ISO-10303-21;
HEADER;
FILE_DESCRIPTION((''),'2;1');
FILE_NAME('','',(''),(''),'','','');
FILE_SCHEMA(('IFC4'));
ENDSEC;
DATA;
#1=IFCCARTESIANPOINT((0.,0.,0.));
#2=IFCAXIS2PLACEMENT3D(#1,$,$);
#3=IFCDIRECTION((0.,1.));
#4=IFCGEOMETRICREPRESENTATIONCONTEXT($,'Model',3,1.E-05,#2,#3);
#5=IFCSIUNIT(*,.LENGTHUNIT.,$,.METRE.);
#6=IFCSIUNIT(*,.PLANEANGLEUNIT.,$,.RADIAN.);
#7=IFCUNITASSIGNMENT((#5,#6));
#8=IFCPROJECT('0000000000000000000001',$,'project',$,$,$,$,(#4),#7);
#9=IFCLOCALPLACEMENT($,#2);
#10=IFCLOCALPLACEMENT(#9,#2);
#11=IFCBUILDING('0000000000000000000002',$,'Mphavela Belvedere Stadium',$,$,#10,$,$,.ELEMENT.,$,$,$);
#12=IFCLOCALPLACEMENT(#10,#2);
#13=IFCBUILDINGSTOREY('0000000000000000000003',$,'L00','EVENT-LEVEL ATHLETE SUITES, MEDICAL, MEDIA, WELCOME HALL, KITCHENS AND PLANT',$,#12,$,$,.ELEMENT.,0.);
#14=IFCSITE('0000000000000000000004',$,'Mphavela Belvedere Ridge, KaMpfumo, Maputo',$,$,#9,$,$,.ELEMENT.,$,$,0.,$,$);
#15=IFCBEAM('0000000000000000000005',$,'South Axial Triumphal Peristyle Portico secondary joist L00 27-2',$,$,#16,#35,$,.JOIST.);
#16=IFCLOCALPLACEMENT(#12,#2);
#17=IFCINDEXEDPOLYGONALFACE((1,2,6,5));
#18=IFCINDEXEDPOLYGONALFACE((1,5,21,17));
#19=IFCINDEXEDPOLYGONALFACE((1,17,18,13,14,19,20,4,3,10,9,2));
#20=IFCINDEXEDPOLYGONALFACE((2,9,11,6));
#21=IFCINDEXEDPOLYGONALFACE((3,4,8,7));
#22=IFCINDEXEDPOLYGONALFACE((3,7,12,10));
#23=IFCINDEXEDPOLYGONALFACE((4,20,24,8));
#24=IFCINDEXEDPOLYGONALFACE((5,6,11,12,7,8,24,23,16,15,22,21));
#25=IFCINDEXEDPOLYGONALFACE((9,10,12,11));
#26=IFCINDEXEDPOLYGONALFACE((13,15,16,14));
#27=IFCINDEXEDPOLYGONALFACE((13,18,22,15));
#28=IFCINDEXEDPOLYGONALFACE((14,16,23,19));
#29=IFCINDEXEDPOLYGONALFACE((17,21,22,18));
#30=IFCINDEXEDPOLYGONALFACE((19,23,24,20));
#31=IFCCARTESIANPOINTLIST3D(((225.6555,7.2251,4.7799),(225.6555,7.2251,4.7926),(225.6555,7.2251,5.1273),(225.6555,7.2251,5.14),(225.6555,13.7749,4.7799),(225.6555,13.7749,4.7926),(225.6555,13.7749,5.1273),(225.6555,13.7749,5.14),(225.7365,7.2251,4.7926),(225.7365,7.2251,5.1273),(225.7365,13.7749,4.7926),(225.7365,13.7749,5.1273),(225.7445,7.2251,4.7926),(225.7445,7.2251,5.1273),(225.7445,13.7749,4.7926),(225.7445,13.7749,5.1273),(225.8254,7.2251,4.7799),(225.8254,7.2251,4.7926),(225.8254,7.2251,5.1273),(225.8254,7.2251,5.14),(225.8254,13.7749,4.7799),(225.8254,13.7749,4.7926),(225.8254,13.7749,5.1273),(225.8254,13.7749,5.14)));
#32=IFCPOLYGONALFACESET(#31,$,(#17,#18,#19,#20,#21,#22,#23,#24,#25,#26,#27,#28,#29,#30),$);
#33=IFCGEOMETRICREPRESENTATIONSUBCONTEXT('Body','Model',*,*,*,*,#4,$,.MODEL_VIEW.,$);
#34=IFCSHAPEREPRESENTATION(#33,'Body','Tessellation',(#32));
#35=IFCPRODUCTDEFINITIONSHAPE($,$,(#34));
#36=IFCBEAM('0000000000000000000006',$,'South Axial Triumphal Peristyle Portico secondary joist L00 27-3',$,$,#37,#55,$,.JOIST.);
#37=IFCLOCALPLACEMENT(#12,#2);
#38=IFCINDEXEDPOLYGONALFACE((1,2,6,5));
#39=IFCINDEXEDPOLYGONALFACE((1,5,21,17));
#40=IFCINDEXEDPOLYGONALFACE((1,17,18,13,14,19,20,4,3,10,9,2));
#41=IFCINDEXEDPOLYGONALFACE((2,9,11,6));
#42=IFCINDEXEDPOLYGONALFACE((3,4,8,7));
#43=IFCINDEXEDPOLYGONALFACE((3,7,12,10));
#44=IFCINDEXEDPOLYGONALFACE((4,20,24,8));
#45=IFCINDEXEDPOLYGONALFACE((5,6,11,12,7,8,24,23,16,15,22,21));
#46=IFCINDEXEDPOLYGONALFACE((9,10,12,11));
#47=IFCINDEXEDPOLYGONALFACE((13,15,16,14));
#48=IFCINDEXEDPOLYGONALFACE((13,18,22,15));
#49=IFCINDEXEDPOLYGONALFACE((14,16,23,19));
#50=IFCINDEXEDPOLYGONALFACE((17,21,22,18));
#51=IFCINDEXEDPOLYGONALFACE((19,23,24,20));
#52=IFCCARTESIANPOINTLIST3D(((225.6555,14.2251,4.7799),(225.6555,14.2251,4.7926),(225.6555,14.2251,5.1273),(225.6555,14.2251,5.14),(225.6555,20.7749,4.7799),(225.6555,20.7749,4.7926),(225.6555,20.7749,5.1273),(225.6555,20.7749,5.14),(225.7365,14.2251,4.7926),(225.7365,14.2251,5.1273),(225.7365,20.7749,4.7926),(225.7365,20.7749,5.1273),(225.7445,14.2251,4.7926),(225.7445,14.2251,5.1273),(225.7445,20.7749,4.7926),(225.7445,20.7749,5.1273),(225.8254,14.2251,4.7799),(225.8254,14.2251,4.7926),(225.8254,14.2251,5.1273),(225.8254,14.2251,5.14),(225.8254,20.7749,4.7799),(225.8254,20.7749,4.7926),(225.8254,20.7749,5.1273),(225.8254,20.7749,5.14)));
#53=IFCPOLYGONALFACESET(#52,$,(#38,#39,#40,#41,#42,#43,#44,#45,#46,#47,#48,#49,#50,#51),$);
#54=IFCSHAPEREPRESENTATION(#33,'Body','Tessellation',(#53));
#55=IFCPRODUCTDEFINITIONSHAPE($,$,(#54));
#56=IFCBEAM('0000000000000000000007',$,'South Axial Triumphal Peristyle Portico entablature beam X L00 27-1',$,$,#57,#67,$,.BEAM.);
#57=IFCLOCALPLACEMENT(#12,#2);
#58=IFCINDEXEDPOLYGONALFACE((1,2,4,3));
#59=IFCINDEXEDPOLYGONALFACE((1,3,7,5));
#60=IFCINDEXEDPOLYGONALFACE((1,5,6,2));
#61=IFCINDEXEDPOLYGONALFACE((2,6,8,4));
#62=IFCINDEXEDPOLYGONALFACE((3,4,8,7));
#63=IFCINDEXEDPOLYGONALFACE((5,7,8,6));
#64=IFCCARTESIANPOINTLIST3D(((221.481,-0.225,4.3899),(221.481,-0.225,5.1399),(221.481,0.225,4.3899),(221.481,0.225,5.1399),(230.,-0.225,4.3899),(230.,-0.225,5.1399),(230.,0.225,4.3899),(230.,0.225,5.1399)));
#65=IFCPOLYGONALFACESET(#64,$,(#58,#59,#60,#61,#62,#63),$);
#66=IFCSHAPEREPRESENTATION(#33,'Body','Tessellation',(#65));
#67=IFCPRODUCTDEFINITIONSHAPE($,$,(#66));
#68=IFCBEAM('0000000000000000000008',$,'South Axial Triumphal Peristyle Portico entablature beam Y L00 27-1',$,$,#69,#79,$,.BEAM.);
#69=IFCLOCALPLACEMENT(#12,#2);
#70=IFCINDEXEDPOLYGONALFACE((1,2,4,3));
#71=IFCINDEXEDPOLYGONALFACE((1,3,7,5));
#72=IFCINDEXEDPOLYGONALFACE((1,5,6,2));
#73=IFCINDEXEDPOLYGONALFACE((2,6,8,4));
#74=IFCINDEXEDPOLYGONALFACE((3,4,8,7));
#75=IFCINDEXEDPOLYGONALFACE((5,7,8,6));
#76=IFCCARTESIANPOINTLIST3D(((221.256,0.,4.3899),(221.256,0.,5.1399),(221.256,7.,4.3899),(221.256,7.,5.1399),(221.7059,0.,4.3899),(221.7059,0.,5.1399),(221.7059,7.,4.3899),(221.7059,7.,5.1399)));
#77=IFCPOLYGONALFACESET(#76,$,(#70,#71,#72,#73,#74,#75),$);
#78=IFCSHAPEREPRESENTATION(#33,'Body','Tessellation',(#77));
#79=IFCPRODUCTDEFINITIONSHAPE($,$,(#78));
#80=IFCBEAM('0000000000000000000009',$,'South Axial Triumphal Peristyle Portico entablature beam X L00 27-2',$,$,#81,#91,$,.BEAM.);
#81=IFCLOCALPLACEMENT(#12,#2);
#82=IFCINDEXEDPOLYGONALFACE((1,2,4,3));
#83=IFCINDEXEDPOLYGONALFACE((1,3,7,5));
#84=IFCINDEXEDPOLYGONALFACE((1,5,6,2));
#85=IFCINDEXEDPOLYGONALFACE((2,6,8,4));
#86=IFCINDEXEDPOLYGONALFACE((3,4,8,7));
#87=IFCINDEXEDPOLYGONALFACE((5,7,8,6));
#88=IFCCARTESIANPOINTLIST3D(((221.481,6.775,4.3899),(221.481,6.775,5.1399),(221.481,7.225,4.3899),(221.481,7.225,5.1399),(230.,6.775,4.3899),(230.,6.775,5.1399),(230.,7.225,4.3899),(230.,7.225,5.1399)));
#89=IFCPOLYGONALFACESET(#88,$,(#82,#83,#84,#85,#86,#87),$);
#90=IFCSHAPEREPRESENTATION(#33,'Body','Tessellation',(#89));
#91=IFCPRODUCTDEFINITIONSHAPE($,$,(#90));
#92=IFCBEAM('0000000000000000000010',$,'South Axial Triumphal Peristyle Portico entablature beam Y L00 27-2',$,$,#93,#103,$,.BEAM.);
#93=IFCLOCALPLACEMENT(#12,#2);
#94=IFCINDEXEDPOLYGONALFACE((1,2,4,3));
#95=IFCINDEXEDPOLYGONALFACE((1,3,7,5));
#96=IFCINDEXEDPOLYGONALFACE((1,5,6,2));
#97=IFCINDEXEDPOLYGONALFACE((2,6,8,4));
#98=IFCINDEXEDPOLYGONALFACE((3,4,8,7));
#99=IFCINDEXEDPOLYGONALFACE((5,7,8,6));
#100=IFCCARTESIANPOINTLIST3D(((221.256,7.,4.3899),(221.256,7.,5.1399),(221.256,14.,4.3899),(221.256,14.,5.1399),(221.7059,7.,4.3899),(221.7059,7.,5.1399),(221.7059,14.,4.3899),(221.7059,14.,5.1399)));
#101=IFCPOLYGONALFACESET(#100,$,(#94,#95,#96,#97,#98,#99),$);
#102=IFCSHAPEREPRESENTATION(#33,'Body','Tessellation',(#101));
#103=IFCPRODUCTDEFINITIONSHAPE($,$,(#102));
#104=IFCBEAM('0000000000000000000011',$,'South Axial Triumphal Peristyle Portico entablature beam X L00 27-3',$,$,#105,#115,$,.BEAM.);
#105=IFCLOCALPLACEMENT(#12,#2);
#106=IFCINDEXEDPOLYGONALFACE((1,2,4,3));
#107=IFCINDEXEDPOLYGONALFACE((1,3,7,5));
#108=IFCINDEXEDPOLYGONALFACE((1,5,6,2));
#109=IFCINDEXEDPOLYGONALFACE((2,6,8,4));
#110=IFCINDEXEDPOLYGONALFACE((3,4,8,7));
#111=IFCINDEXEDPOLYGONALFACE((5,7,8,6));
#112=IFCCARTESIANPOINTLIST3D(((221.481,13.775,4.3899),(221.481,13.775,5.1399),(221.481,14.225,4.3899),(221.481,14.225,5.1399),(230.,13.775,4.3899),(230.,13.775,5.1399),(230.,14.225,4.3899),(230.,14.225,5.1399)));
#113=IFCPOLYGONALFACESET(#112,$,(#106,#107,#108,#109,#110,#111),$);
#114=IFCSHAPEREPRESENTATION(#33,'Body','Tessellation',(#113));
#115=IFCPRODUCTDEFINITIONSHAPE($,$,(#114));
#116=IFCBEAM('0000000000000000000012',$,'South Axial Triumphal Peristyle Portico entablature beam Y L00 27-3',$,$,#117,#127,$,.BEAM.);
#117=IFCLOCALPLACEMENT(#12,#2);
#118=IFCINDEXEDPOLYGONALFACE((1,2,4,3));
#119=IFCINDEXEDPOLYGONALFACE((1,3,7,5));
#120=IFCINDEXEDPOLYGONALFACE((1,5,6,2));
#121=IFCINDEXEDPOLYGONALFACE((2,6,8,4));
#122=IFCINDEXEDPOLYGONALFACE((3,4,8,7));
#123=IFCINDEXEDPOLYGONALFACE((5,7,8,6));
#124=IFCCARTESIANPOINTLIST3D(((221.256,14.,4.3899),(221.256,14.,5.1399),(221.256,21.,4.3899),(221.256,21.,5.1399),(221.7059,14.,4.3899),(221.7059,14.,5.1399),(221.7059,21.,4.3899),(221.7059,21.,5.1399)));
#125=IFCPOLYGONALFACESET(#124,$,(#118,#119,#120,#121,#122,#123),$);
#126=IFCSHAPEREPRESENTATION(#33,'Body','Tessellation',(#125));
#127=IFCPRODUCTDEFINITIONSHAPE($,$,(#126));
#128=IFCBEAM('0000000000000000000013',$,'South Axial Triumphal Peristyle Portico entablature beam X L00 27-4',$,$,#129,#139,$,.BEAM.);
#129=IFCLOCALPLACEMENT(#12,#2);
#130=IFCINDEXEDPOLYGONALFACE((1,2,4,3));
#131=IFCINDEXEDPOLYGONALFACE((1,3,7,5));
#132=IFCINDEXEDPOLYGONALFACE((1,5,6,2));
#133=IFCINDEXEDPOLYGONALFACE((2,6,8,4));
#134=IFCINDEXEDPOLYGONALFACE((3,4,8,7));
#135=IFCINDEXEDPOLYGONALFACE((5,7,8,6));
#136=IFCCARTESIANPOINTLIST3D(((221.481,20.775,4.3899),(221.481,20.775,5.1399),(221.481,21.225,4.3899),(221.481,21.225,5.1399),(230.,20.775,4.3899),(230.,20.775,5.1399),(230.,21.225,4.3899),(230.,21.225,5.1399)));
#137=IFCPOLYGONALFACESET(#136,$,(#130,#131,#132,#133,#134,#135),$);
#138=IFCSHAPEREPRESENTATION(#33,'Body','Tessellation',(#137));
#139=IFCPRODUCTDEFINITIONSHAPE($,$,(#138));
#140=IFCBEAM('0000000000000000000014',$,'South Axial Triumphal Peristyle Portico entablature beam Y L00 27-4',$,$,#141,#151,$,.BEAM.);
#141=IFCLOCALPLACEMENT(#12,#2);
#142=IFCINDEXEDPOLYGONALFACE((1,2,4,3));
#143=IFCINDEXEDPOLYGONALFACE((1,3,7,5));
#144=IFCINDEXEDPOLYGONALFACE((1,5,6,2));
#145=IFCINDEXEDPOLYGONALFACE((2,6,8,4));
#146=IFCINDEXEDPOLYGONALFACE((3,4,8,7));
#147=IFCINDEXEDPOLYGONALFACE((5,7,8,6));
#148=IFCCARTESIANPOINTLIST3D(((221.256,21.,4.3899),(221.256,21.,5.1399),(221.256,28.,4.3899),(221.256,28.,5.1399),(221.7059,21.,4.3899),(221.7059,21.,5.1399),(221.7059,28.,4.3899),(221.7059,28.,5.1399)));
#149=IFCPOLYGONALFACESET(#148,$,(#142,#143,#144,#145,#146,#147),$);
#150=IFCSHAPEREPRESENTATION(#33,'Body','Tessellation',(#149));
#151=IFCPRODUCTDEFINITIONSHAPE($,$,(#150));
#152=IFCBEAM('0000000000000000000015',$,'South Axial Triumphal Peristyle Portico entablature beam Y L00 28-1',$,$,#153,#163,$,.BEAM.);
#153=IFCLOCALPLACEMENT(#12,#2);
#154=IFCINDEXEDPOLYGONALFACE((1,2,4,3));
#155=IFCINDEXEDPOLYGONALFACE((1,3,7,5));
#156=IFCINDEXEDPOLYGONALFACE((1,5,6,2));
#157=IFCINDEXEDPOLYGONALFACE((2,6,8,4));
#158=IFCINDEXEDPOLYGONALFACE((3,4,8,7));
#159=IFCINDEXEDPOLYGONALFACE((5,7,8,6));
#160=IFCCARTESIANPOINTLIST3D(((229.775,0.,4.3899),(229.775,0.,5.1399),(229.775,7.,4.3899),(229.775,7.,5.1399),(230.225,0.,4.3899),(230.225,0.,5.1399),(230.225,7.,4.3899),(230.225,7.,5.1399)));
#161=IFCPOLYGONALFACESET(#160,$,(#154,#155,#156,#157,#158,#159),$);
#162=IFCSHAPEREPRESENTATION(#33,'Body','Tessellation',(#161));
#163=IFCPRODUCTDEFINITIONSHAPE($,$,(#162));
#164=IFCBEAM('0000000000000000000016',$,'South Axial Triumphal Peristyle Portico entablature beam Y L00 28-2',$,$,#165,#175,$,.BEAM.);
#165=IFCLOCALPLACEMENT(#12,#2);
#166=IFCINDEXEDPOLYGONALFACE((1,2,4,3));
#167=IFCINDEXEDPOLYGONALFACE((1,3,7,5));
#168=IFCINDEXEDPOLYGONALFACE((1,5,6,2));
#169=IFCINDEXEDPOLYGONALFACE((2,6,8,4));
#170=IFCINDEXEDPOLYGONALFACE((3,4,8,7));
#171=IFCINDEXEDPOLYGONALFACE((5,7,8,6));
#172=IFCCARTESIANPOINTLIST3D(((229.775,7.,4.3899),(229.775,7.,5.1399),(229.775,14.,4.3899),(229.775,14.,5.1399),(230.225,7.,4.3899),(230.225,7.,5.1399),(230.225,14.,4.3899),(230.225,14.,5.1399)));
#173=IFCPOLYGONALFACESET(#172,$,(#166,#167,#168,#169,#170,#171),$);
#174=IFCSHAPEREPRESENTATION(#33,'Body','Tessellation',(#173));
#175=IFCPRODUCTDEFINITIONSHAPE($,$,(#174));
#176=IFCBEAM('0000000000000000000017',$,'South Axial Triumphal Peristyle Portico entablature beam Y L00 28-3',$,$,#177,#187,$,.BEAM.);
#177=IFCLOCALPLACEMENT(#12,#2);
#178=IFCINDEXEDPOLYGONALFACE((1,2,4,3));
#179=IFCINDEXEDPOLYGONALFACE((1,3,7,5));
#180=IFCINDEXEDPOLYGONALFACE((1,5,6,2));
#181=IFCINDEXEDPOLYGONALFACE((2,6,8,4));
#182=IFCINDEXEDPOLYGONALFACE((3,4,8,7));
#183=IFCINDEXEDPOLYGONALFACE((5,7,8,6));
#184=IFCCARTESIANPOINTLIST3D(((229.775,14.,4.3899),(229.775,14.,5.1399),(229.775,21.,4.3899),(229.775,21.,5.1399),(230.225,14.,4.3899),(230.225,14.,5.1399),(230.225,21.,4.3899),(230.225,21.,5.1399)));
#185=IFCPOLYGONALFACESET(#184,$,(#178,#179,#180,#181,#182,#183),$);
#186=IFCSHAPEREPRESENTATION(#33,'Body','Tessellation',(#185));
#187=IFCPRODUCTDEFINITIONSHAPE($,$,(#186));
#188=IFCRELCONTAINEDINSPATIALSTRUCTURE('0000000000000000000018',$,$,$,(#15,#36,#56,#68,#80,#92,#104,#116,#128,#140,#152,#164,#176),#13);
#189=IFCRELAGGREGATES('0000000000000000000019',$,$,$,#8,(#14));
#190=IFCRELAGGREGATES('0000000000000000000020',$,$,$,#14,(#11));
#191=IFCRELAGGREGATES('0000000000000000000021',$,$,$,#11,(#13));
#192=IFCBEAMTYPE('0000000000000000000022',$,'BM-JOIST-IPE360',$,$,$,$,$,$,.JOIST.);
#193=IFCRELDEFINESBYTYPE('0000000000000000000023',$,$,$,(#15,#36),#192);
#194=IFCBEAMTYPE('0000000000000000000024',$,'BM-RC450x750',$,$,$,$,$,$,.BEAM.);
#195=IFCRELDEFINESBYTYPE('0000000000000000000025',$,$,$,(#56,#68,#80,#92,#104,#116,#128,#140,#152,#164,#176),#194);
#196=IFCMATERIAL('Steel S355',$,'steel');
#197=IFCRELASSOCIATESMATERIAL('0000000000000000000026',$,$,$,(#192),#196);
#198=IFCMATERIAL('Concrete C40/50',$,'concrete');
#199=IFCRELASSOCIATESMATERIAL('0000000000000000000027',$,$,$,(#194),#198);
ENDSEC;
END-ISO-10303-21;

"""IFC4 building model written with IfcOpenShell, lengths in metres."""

from ifc_helpers import new_model, si_unit, direction, frame, origin, origin_2d, place, context, subcontext, project, spatial, rectangle, i_section, extrude, material, material_profile, profile_set, type_object, element, save


model = new_model("IFC4")

# Units and contexts
model_context = context("Model", 3, precision=1e-05, world=origin(), true_north=direction((0.0, 1.0)))
body_context = subcontext(model_context, "Body", "Model", "MODEL_VIEW")
ifc_project = project(units=[si_unit("LENGTHUNIT", "METRE"), si_unit("PLANEANGLEUNIT", "RADIAN")], contexts=[model_context])

# Site, building, storey
site_placement = place(None, origin())
site = spatial("IfcSite", under=ifc_project, at=site_placement, Name="Mphavela Belvedere Ridge, KaMpfumo, Maputo", CompositionType="ELEMENT", RefElevation=0.0)
building_placement = place(site_placement, origin())
building = spatial("IfcBuilding", under=site, at=building_placement, Name="Mphavela Belvedere Stadium", CompositionType="ELEMENT")
storey_placement = place(building_placement, origin())
storey = spatial("IfcBuildingStorey", under=building, at=storey_placement, Name="L00", Description="EVENT-LEVEL ATHLETE SUITES, MEDICAL, MEDIA, WELCOME HALL, KITCHENS AND PLANT", CompositionType="ELEMENT", Elevation=0.0)

# Beams
ifc_material_1 = material(Name="Steel S355", Category="steel")
ifc_material_profile_1 = material_profile(ifc_material_1, i_section(OverallWidth=0.1699, OverallDepth=0.3601, WebThickness=0.0081, FlangeThickness=0.0127, at=origin_2d()), Name="IPE 360")
ifc_profile_set_1 = profile_set([ifc_material_profile_1], Name="Steel S355")
beam_type_1 = type_object("IfcBeamType", Name="BM-JOIST-IPE360", PredefinedType="JOIST", material=ifc_profile_set_1)
for number, where, z_axis, x_axis, name in (
    (1, (225.7405, 7.2251, 4.96), (0.0, 1.0, 0.0), (-1.0, 0.0, 0.0), "South Axial Triumphal Peristyle Portico secondary joist L00 27-2"),
    (2, (225.7405, 14.2251, 4.96), (0.0, 1.0, 0.0), (-1.0, 0.0, 0.0), "South Axial Triumphal Peristyle Portico secondary joist L00 27-3"),
):
    element("IfcBeam", number, at=place(storey_placement, frame(where, z_axis=z_axis, x_axis=x_axis)), inside=storey, type_object=beam_type_1, Name=name, PredefinedType="JOIST", context=body_context, shape_type="SweptSolid", body=[
        extrude(i_section(OverallWidth=0.1699, OverallDepth=0.3601, WebThickness=0.0081, FlangeThickness=0.0127, at=origin_2d()), origin(), (0.0, 0.0, 1.0), 6.5498),
    ])
ifc_material_2 = material(Name="Concrete C40/50", Category="concrete")
ifc_material_profile_2 = material_profile(ifc_material_2, rectangle(XDim=0.45, YDim=0.75, at=origin_2d()), Name="RC 450x750")
ifc_profile_set_2 = profile_set([ifc_material_profile_2], Name="Concrete C40/50")
beam_type_2 = type_object("IfcBeamType", Name="BM-RC450x750", PredefinedType="BEAM", material=ifc_profile_set_2)
beam_1_placement = place(storey_placement, frame((221.481, 0.0, 4.7649), z_axis=(1.0, 0.0, 0.0), x_axis=(0.0, 1.0, 0.0)))
element("IfcBeam", 3, at=beam_1_placement, inside=storey, type_object=beam_type_2, Name="South Axial Triumphal Peristyle Portico entablature beam X L00 27-1", PredefinedType="BEAM", context=body_context, shape_type="SweptSolid", body=[
    extrude(rectangle(XDim=0.45, YDim=0.75, at=origin_2d()), origin(), (0.0, 0.0, 1.0), 8.519),
])
beam_2_placement = place(storey_placement, frame((221.481, 0.0, 4.7649), z_axis=(0.0, 1.0, 0.0), x_axis=(-1.0, 0.0, 0.0)))
element("IfcBeam", 4, at=beam_2_placement, inside=storey, type_object=beam_type_2, Name="South Axial Triumphal Peristyle Portico entablature beam Y L00 27-1", PredefinedType="BEAM", context=body_context, shape_type="SweptSolid", body=[
    extrude(rectangle(XDim=0.45, YDim=0.75, at=origin_2d()), origin(), (0.0, 0.0, 1.0), 7.0),
])
beam_3_placement = place(storey_placement, frame((221.481, 7.0, 4.7649), z_axis=(1.0, 0.0, 0.0), x_axis=(0.0, 1.0, 0.0)))
element("IfcBeam", 5, at=beam_3_placement, inside=storey, type_object=beam_type_2, Name="South Axial Triumphal Peristyle Portico entablature beam X L00 27-2", PredefinedType="BEAM", context=body_context, shape_type="SweptSolid", body=[
    extrude(rectangle(XDim=0.45, YDim=0.75, at=origin_2d()), origin(), (0.0, 0.0, 1.0), 8.519),
])
beam_4_placement = place(storey_placement, frame((221.481, 7.0, 4.7649), z_axis=(0.0, 1.0, 0.0), x_axis=(-1.0, 0.0, 0.0)))
element("IfcBeam", 6, at=beam_4_placement, inside=storey, type_object=beam_type_2, Name="South Axial Triumphal Peristyle Portico entablature beam Y L00 27-2", PredefinedType="BEAM", context=body_context, shape_type="SweptSolid", body=[
    extrude(rectangle(XDim=0.45, YDim=0.75, at=origin_2d()), origin(), (0.0, 0.0, 1.0), 7.0),
])
beam_5_placement = place(storey_placement, frame((221.481, 14.0, 4.7649), z_axis=(1.0, 0.0, 0.0), x_axis=(0.0, 1.0, 0.0)))
element("IfcBeam", 7, at=beam_5_placement, inside=storey, type_object=beam_type_2, Name="South Axial Triumphal Peristyle Portico entablature beam X L00 27-3", PredefinedType="BEAM", context=body_context, shape_type="SweptSolid", body=[
    extrude(rectangle(XDim=0.45, YDim=0.75, at=origin_2d()), origin(), (0.0, 0.0, 1.0), 8.519),
])
beam_6_placement = place(storey_placement, frame((221.481, 14.0, 4.7649), z_axis=(0.0, 1.0, 0.0), x_axis=(-1.0, 0.0, 0.0)))
element("IfcBeam", 8, at=beam_6_placement, inside=storey, type_object=beam_type_2, Name="South Axial Triumphal Peristyle Portico entablature beam Y L00 27-3", PredefinedType="BEAM", context=body_context, shape_type="SweptSolid", body=[
    extrude(rectangle(XDim=0.45, YDim=0.75, at=origin_2d()), origin(), (0.0, 0.0, 1.0), 7.0),
])
beam_7_placement = place(storey_placement, frame((221.481, 21.0, 4.7649), z_axis=(1.0, 0.0, 0.0), x_axis=(0.0, 1.0, 0.0)))
element("IfcBeam", 9, at=beam_7_placement, inside=storey, type_object=beam_type_2, Name="South Axial Triumphal Peristyle Portico entablature beam X L00 27-4", PredefinedType="BEAM", context=body_context, shape_type="SweptSolid", body=[
    extrude(rectangle(XDim=0.45, YDim=0.75, at=origin_2d()), origin(), (0.0, 0.0, 1.0), 8.519),
])
for number, where, z_axis, x_axis, name in (
    (10, (221.481, 21.0, 4.7649), (0.0, 1.0, 0.0), (-1.0, 0.0, 0.0), "South Axial Triumphal Peristyle Portico entablature beam Y L00 27-4"),
    (11, (230.0, 0.0, 4.7649), (0.0, 1.0, 0.0), (-1.0, 0.0, 0.0), "South Axial Triumphal Peristyle Portico entablature beam Y L00 28-1"),
    (12, (230.0, 7.0, 4.7649), (0.0, 1.0, 0.0), (-1.0, 0.0, 0.0), "South Axial Triumphal Peristyle Portico entablature beam Y L00 28-2"),
    (13, (230.0, 14.0, 4.7649), (0.0, 1.0, 0.0), (-1.0, 0.0, 0.0), "South Axial Triumphal Peristyle Portico entablature beam Y L00 28-3"),
):
    element("IfcBeam", number, at=place(storey_placement, frame(where, z_axis=z_axis, x_axis=x_axis)), inside=storey, type_object=beam_type_2, Name=name, PredefinedType="BEAM", context=body_context, shape_type="SweptSolid", body=[
        extrude(rectangle(XDim=0.45, YDim=0.75, at=origin_2d()), origin(), (0.0, 0.0, 1.0), 7.0),
    ])

save(model, "model.ifc")
